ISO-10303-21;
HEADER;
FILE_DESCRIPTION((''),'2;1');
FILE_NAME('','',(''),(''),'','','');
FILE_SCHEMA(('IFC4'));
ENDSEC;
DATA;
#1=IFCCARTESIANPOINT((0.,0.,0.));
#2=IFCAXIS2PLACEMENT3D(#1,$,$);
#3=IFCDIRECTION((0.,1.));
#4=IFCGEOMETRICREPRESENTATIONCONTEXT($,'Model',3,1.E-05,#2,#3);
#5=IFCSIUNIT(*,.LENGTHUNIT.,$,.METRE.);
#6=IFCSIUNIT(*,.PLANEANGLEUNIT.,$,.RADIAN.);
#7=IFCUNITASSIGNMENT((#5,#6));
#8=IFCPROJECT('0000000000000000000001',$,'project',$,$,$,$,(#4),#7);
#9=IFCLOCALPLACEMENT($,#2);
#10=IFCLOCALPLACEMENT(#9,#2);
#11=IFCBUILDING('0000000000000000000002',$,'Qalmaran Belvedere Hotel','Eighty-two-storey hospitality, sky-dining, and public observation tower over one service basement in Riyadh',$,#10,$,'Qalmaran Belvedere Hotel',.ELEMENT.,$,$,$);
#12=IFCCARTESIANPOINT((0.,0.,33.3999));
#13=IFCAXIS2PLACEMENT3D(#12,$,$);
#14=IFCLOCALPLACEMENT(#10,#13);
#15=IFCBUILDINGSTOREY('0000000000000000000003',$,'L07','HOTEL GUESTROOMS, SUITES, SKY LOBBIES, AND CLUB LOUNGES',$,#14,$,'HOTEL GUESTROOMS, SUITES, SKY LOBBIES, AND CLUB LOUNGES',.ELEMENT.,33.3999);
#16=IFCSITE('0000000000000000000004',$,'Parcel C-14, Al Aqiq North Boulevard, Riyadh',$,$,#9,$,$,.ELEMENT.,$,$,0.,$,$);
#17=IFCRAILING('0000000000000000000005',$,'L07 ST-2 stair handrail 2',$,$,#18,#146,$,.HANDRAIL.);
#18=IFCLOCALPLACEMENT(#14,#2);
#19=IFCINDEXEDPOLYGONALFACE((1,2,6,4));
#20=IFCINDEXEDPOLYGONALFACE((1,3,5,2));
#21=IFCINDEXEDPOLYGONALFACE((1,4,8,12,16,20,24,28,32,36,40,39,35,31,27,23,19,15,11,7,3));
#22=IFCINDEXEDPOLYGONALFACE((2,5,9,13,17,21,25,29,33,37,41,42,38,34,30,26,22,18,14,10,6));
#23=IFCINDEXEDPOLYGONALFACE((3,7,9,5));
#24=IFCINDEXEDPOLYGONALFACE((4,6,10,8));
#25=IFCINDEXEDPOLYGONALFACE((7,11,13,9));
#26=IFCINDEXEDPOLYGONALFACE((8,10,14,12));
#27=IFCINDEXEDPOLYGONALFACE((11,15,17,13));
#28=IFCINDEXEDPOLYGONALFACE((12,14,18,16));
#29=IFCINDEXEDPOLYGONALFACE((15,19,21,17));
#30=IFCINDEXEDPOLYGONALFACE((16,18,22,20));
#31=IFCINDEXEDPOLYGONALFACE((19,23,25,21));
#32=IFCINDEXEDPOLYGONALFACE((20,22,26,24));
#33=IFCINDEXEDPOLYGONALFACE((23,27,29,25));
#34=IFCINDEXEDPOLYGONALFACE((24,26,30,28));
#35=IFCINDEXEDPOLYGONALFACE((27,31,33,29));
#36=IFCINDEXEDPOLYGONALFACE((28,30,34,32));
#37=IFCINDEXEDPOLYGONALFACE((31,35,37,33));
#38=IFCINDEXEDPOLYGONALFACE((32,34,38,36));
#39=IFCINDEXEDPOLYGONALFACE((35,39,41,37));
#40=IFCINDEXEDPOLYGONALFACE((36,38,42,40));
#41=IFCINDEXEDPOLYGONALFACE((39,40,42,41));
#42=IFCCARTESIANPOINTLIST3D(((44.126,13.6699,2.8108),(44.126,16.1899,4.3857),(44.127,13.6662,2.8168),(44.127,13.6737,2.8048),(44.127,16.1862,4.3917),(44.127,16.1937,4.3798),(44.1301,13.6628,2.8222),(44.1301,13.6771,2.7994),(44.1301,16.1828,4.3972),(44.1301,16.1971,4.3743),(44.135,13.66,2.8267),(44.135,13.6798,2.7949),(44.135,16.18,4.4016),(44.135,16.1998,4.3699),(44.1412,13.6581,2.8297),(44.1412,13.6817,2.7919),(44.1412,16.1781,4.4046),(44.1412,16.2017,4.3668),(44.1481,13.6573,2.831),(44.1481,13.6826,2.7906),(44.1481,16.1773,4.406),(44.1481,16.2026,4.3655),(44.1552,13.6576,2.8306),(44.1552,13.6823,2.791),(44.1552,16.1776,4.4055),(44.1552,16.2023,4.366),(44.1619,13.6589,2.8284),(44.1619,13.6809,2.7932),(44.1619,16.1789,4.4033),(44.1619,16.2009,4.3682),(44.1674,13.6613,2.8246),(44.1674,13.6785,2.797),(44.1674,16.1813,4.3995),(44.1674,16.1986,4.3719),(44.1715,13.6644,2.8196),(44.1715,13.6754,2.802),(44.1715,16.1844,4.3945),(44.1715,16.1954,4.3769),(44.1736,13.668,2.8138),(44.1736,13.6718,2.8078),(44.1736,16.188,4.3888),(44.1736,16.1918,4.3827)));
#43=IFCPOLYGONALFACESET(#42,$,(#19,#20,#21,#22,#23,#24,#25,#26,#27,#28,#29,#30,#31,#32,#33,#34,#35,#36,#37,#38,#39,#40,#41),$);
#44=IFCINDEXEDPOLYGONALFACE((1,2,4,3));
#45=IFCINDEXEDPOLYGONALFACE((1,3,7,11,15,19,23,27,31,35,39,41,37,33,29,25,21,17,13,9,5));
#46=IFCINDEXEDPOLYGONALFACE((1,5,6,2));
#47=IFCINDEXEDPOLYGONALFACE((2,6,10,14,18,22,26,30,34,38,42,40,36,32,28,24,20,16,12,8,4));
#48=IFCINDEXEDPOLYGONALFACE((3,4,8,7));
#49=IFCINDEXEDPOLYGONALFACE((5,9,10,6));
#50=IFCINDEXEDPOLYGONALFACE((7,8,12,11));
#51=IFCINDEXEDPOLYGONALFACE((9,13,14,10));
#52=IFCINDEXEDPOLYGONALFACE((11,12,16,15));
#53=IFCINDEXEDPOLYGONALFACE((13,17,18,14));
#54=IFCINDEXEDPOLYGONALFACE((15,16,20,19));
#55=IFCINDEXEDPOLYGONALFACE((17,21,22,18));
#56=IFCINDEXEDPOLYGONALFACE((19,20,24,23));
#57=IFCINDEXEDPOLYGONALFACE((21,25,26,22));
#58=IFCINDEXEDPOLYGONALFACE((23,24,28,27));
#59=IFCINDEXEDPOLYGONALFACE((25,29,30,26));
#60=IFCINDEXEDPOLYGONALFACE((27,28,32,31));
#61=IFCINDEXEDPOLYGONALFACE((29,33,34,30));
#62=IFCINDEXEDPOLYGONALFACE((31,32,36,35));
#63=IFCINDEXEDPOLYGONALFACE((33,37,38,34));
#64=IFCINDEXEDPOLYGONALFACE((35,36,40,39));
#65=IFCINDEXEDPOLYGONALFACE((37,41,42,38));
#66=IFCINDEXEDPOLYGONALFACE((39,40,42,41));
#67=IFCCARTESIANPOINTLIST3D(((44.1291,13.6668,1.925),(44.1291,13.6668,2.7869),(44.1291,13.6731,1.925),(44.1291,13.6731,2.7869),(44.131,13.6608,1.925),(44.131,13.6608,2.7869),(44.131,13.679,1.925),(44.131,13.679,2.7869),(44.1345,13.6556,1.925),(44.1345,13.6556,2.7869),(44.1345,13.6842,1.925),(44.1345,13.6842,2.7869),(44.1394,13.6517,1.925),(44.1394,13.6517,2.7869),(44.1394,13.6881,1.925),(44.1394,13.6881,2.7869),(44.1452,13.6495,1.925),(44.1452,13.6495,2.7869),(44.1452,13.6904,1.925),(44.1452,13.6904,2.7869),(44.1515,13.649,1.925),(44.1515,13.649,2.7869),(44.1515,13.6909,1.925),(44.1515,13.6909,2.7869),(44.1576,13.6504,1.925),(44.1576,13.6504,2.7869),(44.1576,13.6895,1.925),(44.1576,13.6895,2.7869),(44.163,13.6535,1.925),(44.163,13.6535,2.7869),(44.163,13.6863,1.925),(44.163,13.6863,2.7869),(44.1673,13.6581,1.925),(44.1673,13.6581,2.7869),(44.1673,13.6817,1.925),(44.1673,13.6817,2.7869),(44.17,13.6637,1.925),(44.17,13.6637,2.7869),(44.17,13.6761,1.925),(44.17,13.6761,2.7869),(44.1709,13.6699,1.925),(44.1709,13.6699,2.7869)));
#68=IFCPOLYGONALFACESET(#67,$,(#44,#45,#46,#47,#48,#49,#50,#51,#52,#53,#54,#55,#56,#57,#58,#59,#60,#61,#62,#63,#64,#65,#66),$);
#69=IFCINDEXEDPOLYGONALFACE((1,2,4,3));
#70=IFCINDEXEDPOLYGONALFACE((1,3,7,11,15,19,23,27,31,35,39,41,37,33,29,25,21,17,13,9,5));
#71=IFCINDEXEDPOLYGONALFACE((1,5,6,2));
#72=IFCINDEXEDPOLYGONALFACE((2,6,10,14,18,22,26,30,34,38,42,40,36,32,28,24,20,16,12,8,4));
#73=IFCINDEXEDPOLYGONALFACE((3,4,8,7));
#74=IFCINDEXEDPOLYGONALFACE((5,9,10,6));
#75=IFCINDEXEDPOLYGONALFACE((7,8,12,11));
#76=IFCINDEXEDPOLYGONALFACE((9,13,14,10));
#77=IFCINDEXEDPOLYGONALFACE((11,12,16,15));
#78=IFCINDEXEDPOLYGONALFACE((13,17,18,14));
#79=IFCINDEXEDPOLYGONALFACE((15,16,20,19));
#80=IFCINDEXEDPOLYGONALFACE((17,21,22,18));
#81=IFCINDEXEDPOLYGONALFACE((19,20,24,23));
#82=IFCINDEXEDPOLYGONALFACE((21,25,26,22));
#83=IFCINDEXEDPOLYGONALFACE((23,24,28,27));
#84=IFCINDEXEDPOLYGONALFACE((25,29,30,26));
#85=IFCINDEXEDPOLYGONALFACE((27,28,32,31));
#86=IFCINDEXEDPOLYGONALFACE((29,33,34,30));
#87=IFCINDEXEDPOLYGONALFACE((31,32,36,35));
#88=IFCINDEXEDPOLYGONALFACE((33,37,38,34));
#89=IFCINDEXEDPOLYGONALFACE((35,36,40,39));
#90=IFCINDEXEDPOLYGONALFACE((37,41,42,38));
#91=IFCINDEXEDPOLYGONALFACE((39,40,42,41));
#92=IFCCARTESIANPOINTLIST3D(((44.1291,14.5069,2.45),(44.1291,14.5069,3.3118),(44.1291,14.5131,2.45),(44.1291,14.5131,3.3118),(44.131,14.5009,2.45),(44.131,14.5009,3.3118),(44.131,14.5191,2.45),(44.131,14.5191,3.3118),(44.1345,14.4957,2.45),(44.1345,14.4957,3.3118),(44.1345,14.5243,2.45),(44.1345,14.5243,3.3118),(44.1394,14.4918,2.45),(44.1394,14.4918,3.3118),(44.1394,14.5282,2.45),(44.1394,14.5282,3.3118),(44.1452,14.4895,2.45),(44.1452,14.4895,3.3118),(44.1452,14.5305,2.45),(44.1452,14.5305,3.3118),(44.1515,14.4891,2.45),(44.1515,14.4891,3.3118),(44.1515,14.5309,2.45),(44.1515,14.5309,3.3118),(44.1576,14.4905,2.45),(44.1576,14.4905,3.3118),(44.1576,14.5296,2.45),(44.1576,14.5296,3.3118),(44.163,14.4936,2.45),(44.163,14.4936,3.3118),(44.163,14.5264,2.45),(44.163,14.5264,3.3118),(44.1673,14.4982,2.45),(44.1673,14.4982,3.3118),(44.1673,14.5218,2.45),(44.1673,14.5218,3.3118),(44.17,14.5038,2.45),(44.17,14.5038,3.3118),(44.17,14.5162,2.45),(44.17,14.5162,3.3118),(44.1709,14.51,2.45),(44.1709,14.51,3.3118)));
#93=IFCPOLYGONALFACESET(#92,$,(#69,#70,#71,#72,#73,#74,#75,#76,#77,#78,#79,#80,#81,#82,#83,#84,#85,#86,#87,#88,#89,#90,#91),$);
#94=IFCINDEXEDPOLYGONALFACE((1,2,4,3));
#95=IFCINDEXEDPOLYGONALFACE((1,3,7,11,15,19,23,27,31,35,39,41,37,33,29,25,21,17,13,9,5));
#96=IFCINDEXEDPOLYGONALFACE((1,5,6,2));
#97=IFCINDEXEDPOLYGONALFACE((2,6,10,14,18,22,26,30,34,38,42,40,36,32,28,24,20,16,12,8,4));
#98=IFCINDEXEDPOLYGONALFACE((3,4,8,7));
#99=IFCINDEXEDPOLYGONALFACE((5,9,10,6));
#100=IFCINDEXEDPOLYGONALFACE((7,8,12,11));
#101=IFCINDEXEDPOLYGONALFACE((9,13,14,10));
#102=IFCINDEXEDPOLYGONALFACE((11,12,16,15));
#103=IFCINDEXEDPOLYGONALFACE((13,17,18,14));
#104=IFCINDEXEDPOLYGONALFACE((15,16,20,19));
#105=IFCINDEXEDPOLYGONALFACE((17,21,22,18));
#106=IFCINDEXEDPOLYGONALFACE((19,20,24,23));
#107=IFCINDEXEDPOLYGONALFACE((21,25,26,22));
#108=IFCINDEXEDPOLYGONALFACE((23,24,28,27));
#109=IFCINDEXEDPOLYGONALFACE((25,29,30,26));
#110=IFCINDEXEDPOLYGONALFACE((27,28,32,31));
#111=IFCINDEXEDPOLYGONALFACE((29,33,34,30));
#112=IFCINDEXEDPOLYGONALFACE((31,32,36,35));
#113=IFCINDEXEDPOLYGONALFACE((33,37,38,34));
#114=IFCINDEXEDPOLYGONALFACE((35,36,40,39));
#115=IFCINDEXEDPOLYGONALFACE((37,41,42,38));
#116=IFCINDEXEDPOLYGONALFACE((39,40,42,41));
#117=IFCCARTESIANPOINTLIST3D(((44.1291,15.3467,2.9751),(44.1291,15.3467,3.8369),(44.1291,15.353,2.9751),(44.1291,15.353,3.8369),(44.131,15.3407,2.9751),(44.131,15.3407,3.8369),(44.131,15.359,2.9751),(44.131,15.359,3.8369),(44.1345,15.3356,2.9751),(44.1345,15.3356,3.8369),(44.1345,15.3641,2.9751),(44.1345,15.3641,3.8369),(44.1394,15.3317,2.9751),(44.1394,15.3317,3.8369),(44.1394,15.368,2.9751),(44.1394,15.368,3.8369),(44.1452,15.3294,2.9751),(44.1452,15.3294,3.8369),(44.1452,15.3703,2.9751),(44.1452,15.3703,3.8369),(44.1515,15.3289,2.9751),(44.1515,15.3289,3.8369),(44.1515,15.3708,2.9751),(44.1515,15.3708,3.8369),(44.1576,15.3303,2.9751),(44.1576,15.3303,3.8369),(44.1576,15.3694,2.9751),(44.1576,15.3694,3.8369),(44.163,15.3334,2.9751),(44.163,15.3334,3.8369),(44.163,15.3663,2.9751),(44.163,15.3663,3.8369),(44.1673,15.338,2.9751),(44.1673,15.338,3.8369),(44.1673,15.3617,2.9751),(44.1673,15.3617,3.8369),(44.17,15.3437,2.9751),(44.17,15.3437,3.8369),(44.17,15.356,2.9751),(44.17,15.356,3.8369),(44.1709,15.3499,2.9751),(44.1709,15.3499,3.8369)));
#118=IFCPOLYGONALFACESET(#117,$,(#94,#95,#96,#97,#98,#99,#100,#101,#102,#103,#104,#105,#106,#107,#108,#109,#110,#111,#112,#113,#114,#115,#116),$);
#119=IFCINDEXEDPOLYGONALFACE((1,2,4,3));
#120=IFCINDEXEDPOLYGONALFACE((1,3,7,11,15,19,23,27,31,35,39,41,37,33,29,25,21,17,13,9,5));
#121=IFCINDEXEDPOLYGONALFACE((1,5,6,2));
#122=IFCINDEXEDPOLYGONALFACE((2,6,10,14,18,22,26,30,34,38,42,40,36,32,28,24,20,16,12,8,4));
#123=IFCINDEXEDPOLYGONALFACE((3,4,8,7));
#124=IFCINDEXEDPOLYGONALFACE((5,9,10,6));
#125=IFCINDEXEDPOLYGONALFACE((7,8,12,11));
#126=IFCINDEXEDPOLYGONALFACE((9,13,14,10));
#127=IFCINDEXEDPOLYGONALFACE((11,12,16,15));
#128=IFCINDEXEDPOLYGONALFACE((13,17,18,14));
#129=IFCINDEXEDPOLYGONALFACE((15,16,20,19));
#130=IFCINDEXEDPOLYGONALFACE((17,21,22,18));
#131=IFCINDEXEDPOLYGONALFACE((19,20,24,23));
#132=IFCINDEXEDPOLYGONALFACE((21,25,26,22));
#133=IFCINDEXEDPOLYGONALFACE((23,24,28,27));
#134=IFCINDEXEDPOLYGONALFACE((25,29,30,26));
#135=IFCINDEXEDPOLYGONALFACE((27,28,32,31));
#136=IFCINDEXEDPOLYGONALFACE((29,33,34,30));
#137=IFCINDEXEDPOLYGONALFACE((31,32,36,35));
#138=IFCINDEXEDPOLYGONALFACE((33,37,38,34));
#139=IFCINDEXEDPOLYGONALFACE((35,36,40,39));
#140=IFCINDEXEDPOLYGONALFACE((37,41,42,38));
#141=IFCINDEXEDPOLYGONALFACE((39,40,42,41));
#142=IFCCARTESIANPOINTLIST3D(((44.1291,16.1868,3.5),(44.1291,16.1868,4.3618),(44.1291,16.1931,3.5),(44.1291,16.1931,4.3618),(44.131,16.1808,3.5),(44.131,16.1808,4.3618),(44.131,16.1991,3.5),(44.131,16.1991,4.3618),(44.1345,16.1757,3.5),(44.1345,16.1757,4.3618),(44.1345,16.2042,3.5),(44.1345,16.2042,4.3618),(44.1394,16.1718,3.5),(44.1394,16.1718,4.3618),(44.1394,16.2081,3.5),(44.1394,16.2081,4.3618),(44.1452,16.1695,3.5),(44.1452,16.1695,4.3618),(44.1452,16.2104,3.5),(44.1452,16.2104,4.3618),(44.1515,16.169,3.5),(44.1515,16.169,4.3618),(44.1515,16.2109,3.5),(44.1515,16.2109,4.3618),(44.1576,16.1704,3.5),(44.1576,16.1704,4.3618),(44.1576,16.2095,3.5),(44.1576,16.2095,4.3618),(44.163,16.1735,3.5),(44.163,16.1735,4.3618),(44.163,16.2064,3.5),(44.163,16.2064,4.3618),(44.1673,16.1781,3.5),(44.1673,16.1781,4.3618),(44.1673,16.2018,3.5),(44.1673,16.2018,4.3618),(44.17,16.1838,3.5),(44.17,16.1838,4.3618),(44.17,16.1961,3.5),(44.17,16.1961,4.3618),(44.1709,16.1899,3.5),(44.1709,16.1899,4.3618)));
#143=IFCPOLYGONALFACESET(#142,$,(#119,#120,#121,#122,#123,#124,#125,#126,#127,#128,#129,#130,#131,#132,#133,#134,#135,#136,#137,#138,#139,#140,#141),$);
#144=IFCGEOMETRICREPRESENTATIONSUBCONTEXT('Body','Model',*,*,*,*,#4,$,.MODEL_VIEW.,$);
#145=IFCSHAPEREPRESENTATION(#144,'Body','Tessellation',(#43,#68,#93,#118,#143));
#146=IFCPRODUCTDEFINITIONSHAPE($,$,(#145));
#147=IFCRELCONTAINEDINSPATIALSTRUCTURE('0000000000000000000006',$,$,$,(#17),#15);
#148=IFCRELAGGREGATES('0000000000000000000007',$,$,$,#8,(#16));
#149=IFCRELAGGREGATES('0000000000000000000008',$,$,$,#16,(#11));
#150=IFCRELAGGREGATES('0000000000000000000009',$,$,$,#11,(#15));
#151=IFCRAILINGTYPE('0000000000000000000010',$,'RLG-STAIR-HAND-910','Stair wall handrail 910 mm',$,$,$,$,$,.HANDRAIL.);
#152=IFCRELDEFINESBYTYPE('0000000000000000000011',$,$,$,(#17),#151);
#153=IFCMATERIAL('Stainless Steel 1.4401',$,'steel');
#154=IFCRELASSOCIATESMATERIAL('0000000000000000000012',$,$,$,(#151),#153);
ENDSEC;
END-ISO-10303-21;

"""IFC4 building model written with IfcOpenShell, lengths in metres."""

from ifc_helpers import new_model, si_unit, direction, frame, origin, origin_2d, place, context, subcontext, project, spatial, circle, extrude, material, type_object, element, save


model = new_model("IFC4")

# Units and contexts
model_context = context("Model", 3, precision=1e-05, world=origin(), true_north=direction((0.0, 1.0)))
body_context = subcontext(model_context, "Body", "Model", "MODEL_VIEW")
ifc_project = project(units=[si_unit("LENGTHUNIT", "METRE"), si_unit("PLANEANGLEUNIT", "RADIAN")], contexts=[model_context])

# Site, building, storey
site_placement = place(None, origin())
site = spatial("IfcSite", under=ifc_project, at=site_placement, Name="Parcel C-14, Al Aqiq North Boulevard, Riyadh", CompositionType="ELEMENT", RefElevation=0.0)
building_placement = place(site_placement, origin())
building = spatial("IfcBuilding", under=site, at=building_placement, Name="Qalmaran Belvedere Hotel", Description="Eighty-two-storey hospitality, sky-dining, and public observation tower over one service basement in Riyadh", LongName="Qalmaran Belvedere Hotel", CompositionType="ELEMENT")
storey_placement = place(building_placement, frame((0.0, 0.0, 33.3999)))
storey = spatial("IfcBuildingStorey", under=building, at=storey_placement, Name="L07", Description="HOTEL GUESTROOMS, SUITES, SKY LOBBIES, AND CLUB LOUNGES", LongName="HOTEL GUESTROOMS, SUITES, SKY LOBBIES, AND CLUB LOUNGES", CompositionType="ELEMENT", Elevation=33.3999)

# Shared definitions
ifc_material_1 = material(Name="Stainless Steel 1.4401", Category="steel")

# Railing
railing_type_1 = type_object("IfcRailingType", Name="RLG-STAIR-HAND-910", Description="Stair wall handrail 910 mm", PredefinedType="HANDRAIL", material=ifc_material_1)
railing_1_placement = place(storey_placement, frame((44.1499, 13.6699, 1.925)))
element("IfcRailing", 1, at=railing_1_placement, inside=storey, type_object=railing_type_1, Name="L07 ST-2 stair handrail 2", PredefinedType="HANDRAIL", context=body_context, shape_type="SweptSolid", body=[
    extrude(circle(Radius=0.0239, at=origin_2d()), frame((0.0, 0.0, 0.8857), z_axis=(0.0, 0.848008, 0.529984), x_axis=(-1.0, 0.0, 0.0)), (0.0, 0.0, 1.0), 2.9717),
    extrude(circle(Radius=0.021, at=origin_2d()), origin(), (0.0, 0.0, 1.0), 0.8618),
    extrude(circle(Radius=0.021, at=origin_2d()), frame((0.0, 0.8401, 0.5249)), (0.0, 0.0, 1.0), 0.8618),
    extrude(circle(Radius=0.021, at=origin_2d()), frame((0.0, 1.6799, 1.05)), (0.0, 0.0, 1.0), 0.8618),
    extrude(circle(Radius=0.021, at=origin_2d()), frame((0.0, 2.52, 1.575)), (0.0, 0.0, 1.0), 0.8618),
])

save(model, "model.ifc")
